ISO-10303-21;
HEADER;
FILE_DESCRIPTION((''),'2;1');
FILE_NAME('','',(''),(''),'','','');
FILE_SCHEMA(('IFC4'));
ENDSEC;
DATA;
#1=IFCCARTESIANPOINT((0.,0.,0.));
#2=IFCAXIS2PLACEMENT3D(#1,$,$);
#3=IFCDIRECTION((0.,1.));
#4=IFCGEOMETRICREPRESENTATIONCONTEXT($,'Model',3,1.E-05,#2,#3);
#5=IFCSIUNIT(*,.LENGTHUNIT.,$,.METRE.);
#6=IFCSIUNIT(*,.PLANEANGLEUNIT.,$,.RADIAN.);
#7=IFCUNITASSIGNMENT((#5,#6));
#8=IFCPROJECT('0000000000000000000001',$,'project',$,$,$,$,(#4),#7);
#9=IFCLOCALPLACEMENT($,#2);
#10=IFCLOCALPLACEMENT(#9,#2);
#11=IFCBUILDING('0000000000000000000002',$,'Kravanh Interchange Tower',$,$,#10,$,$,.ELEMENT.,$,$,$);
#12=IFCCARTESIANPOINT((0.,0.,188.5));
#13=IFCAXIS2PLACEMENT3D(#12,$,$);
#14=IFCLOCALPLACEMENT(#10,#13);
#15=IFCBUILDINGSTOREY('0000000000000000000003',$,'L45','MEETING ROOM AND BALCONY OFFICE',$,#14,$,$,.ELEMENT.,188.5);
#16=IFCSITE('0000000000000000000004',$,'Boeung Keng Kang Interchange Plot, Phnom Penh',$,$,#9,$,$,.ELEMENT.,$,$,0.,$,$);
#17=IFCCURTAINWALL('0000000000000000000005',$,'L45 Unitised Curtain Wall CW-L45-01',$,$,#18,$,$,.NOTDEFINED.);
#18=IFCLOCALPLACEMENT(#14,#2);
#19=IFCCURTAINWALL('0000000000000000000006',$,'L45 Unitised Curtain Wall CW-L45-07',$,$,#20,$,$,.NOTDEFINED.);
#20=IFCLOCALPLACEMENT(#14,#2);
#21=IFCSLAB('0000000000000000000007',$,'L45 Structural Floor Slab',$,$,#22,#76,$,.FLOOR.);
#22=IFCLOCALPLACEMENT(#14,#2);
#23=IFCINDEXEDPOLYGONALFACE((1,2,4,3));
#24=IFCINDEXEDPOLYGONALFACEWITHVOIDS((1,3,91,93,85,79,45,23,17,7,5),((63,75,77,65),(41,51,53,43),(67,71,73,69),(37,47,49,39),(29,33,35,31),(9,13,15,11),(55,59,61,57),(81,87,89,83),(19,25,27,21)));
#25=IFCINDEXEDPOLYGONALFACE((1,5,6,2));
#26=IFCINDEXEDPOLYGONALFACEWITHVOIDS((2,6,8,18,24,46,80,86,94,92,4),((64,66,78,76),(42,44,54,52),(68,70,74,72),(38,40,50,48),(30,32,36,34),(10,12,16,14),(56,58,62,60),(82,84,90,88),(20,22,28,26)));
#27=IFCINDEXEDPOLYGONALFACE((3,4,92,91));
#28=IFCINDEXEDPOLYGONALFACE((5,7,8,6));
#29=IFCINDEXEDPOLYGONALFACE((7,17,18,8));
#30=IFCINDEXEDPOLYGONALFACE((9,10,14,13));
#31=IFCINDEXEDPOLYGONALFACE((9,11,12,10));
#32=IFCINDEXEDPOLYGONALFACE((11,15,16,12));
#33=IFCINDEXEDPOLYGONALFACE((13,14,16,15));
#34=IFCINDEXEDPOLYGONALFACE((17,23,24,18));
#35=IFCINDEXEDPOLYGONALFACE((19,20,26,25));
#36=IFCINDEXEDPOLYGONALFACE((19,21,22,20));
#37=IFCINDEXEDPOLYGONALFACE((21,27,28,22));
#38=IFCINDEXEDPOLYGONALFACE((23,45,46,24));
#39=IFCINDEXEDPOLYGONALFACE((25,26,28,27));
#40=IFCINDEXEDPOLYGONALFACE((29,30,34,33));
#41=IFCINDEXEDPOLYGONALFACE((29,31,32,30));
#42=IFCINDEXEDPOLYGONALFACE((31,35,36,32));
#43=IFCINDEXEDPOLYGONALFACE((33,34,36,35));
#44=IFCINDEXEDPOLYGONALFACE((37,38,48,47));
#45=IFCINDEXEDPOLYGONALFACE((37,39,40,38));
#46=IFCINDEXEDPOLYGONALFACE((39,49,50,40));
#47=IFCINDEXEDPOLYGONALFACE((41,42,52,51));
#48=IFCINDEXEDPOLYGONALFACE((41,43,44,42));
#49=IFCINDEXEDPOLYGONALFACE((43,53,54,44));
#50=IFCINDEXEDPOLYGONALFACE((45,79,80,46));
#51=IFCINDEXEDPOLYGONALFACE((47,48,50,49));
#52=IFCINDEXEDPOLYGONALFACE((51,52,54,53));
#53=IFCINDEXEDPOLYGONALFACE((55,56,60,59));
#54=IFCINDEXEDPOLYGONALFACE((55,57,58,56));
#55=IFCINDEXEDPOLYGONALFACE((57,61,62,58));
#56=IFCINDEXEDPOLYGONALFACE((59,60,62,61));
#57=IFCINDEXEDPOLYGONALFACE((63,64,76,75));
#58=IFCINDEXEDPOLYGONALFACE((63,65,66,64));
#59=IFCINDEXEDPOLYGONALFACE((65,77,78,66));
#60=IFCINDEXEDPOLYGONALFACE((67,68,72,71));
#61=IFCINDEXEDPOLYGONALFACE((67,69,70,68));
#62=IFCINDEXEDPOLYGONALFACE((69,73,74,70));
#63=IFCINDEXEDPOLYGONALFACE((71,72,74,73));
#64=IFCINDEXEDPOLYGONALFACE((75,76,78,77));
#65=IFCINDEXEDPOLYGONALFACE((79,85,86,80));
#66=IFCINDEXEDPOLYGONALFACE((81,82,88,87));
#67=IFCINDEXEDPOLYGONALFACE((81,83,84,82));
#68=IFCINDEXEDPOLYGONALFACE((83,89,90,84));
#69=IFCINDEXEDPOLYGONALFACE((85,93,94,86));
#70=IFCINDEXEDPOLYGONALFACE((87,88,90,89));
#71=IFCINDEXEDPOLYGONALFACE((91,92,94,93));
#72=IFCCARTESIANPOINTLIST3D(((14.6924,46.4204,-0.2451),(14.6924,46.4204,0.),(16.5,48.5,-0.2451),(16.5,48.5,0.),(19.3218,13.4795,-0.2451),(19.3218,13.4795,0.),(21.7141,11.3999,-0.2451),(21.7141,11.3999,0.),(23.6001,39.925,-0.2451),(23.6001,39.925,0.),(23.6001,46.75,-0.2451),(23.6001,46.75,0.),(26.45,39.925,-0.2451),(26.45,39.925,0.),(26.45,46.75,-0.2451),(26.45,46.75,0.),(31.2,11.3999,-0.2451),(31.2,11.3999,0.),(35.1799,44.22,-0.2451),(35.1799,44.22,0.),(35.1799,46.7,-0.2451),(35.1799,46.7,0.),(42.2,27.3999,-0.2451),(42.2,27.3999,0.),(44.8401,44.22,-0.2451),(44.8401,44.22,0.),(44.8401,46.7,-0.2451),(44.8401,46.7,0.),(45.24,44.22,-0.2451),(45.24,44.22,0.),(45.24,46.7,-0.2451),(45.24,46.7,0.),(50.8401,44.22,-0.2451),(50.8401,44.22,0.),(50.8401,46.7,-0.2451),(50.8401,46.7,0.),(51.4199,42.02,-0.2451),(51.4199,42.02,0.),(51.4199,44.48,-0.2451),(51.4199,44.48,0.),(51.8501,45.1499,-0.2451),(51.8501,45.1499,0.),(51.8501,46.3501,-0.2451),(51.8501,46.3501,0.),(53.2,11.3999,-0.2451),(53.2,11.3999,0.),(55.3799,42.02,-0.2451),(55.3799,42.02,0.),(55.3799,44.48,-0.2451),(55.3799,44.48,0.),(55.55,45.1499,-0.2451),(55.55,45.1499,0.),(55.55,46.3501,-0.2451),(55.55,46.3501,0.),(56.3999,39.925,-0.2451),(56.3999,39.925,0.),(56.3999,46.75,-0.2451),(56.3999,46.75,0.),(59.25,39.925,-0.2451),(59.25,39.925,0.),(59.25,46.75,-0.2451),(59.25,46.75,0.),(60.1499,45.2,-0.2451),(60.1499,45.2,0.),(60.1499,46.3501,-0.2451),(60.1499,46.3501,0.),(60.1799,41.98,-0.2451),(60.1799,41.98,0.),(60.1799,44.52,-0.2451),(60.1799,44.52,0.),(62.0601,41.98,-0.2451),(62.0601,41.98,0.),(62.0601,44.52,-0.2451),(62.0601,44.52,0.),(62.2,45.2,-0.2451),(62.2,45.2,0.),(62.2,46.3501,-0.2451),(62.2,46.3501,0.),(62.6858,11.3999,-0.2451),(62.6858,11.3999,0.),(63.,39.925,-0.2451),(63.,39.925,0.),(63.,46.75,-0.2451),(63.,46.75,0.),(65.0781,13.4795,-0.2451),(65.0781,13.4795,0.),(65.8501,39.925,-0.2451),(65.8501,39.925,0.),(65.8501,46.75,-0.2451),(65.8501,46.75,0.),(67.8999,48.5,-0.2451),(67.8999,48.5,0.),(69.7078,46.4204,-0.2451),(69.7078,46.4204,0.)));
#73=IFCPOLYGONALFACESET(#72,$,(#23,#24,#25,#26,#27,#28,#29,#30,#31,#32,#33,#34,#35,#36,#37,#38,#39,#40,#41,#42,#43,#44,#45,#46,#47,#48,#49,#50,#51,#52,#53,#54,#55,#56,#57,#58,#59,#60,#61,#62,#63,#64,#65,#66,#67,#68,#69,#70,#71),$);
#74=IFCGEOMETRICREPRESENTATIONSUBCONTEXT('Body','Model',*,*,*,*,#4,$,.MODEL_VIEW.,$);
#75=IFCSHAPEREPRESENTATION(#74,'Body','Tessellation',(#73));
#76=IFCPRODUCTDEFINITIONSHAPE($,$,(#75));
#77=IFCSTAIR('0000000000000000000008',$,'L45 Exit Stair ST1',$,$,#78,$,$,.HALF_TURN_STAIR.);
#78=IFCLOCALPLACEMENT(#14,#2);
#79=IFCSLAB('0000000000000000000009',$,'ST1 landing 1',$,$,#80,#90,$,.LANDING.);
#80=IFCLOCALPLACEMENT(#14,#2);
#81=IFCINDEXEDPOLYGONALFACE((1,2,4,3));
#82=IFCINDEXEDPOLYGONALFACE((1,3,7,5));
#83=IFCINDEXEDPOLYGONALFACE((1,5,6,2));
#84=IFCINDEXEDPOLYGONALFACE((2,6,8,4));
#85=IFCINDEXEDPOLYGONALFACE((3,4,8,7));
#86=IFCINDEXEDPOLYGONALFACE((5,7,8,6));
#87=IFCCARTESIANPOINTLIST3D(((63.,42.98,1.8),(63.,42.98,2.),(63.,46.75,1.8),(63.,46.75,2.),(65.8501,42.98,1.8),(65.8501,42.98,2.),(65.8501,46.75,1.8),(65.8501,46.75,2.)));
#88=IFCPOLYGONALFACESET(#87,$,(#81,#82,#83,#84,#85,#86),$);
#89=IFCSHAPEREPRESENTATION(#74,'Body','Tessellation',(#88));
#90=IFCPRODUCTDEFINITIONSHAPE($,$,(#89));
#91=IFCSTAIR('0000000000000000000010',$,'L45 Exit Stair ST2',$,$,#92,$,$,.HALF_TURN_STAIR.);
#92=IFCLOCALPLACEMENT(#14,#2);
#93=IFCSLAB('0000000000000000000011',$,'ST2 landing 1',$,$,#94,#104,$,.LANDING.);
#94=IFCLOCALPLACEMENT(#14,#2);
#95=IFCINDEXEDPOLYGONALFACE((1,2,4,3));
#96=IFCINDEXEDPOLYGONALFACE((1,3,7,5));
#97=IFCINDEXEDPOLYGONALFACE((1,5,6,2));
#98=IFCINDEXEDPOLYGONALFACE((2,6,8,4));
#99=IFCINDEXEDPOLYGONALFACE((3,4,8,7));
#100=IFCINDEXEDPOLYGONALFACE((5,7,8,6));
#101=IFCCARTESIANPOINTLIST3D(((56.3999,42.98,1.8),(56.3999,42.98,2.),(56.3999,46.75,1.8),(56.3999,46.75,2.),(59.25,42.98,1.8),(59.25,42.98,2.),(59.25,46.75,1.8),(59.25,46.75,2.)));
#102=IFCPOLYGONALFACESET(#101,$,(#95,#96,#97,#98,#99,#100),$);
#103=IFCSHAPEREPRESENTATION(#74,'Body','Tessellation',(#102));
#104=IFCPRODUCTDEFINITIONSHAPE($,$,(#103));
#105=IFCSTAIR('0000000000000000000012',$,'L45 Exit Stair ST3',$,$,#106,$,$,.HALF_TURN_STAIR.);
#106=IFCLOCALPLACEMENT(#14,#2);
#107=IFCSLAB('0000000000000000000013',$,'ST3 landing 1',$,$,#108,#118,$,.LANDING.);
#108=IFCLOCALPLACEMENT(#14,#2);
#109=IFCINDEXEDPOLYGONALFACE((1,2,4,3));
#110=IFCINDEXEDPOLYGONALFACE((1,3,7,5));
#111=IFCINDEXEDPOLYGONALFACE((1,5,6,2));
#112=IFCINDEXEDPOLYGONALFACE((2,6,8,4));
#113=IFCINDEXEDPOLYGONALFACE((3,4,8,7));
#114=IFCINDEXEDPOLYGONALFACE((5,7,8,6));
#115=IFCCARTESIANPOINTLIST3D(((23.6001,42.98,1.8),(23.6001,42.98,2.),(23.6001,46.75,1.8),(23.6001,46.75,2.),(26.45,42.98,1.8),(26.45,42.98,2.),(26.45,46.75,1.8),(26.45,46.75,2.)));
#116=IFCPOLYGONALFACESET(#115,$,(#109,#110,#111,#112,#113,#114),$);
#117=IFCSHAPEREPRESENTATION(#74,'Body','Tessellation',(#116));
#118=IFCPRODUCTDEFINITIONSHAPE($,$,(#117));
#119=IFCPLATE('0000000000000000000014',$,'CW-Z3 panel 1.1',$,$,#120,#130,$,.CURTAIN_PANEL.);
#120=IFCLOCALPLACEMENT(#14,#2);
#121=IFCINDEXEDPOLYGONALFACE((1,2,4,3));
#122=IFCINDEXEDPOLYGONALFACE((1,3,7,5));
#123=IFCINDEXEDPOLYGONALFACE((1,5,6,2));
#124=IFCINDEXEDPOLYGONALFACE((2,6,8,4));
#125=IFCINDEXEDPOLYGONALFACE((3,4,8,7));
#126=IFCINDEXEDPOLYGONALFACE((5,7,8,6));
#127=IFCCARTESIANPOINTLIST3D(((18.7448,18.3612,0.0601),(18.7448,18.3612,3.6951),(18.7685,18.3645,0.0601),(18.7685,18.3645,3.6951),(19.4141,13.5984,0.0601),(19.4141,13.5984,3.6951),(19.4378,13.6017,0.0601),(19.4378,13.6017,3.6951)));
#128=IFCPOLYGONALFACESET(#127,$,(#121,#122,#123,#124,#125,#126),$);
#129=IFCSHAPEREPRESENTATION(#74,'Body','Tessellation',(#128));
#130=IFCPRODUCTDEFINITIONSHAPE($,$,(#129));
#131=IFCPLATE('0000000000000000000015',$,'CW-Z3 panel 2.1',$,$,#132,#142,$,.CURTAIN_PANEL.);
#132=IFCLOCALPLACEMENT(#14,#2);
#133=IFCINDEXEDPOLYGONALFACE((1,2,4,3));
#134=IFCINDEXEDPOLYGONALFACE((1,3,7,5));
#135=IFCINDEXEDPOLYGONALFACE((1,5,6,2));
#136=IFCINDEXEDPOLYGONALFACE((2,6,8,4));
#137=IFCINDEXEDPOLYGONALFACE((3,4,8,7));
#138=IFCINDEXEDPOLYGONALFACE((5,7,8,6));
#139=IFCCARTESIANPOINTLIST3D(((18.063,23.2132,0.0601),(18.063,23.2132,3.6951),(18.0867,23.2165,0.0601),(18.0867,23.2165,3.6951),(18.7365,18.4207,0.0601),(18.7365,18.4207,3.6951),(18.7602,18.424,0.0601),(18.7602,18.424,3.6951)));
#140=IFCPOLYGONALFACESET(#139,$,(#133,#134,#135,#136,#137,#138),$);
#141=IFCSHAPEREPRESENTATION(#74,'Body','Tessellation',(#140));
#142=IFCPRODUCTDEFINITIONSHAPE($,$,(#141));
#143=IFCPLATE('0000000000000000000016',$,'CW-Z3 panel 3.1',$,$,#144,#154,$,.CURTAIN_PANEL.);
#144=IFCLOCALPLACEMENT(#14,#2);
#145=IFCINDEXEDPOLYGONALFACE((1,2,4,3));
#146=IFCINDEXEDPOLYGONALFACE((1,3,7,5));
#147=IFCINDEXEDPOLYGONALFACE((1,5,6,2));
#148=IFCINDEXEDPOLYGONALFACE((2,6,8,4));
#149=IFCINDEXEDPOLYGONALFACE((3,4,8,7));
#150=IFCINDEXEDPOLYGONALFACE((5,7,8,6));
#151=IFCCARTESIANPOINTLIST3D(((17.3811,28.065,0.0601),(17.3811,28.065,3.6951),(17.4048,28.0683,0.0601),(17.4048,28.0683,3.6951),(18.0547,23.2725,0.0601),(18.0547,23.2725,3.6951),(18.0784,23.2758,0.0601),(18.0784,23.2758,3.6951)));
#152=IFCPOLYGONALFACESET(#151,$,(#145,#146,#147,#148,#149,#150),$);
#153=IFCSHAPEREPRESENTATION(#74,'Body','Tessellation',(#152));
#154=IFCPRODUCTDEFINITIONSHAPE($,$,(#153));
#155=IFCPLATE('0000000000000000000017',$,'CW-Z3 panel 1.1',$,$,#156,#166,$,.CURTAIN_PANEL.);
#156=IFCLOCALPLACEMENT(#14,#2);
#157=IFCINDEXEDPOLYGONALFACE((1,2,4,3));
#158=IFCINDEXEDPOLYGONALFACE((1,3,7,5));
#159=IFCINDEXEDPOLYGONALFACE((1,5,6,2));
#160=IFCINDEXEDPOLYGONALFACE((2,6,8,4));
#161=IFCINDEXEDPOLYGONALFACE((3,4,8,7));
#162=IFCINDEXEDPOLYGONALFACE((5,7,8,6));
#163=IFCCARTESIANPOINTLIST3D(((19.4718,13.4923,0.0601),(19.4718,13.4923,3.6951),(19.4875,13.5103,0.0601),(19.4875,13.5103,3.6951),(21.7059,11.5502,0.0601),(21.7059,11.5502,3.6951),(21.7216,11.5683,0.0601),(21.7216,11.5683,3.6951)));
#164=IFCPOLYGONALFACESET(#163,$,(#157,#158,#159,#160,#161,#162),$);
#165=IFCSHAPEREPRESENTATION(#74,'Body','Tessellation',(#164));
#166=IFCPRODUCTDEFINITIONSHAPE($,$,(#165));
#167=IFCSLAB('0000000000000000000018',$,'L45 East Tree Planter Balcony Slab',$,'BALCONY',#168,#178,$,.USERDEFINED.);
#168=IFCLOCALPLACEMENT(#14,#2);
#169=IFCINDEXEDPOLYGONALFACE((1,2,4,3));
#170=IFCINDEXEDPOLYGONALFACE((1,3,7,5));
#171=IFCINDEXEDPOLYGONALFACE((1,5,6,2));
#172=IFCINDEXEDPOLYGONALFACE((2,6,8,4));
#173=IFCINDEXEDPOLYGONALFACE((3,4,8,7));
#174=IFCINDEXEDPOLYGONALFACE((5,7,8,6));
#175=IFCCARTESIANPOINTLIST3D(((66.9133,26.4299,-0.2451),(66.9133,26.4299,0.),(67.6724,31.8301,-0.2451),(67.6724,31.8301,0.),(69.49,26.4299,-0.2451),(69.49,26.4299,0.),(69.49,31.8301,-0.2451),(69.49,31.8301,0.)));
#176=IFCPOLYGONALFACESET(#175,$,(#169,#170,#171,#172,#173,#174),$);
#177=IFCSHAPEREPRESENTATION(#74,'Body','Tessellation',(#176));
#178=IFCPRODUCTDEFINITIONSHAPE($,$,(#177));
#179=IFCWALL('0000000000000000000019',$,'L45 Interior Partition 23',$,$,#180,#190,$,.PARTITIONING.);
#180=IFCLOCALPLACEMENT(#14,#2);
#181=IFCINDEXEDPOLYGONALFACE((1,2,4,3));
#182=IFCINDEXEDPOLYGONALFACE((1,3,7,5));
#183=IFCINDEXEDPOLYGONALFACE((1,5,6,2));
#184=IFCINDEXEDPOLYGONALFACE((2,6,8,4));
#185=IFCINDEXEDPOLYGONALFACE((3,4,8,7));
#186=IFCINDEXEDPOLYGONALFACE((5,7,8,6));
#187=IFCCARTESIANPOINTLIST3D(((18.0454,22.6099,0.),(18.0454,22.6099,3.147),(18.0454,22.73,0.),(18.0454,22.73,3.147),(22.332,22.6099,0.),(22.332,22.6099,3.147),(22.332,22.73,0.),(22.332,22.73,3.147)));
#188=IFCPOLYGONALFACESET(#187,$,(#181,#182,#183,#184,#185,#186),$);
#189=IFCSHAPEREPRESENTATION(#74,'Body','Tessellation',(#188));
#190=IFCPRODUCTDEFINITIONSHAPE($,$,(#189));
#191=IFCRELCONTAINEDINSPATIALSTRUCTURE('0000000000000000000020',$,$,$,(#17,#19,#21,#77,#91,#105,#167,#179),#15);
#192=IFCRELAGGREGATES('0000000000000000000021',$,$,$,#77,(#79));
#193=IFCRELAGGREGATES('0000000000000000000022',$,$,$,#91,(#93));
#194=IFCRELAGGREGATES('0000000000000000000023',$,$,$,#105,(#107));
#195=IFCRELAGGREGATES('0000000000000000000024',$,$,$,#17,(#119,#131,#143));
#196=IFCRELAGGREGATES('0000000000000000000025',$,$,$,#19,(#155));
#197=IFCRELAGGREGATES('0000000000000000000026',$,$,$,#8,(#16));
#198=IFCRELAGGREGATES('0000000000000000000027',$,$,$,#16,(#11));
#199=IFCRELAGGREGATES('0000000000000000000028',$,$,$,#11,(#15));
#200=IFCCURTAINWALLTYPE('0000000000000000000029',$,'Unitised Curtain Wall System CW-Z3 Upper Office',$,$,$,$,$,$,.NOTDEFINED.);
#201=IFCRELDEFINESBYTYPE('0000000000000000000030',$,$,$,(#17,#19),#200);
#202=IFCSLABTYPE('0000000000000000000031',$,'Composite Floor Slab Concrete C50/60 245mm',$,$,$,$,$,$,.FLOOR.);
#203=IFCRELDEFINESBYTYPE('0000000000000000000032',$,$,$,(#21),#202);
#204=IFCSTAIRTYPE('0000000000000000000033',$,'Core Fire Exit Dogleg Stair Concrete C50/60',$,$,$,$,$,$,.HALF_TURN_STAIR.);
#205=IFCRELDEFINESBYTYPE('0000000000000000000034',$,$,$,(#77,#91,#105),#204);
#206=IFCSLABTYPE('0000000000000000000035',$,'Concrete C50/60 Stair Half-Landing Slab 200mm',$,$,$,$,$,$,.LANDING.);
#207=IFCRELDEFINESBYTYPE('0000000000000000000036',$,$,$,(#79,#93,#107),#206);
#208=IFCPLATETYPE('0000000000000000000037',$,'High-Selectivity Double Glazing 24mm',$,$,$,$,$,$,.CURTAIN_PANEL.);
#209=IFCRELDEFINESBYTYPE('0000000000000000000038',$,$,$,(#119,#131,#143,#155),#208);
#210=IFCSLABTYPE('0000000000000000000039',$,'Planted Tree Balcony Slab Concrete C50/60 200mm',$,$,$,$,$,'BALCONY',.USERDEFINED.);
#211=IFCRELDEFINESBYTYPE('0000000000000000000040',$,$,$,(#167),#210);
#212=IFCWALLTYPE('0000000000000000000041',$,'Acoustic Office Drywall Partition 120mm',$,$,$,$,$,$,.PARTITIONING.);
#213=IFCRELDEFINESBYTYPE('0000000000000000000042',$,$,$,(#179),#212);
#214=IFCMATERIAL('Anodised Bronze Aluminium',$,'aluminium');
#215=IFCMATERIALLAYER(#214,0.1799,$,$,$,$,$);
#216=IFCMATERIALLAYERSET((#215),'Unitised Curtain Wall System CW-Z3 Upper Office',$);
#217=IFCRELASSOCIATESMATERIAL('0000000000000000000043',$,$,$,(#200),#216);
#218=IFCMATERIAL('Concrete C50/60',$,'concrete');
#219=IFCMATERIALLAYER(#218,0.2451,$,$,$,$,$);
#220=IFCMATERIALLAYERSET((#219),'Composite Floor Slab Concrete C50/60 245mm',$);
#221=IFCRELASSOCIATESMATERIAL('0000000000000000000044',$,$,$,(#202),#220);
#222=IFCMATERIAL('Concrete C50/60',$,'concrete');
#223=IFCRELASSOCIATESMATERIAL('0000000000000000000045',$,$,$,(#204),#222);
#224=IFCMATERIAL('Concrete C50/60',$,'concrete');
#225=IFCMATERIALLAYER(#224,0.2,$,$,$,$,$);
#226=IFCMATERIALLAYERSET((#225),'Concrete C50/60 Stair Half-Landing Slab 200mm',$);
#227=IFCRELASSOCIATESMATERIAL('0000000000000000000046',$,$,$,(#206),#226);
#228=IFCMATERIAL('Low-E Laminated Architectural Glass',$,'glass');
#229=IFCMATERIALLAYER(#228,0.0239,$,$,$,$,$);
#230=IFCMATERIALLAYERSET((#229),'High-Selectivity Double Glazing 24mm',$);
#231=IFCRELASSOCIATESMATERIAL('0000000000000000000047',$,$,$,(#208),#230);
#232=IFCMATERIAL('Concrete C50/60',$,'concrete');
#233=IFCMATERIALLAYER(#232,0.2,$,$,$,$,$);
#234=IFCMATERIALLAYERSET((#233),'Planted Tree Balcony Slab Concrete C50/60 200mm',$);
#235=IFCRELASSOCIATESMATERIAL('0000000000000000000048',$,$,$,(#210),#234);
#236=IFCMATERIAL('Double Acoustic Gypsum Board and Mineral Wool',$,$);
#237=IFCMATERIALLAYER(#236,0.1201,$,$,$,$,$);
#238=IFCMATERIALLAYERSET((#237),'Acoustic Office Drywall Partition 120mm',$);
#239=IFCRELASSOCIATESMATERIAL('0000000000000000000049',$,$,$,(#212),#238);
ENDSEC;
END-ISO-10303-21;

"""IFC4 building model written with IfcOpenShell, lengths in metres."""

from ifc_helpers import new_model, si_unit, direction, frame, frame_2d, origin, origin_2d, place, context, subcontext, project, spatial, polyline, rectangle, outline, extrude, material, layer, layer_set, type_object, element, aggregate, save


model = new_model("IFC4")

# Units and contexts
model_context = context("Model", 3, precision=1e-05, world=origin(), true_north=direction((0.0, 1.0)))
body_context = subcontext(model_context, "Body", "Model", "MODEL_VIEW")
ifc_project = project(units=[si_unit("LENGTHUNIT", "METRE"), si_unit("PLANEANGLEUNIT", "RADIAN")], contexts=[model_context])

# Site, building, storey
site_placement = place(None, origin())
site = spatial("IfcSite", under=ifc_project, at=site_placement, Name="Boeung Keng Kang Interchange Plot, Phnom Penh", CompositionType="ELEMENT", RefElevation=0.0)
building_placement = place(site_placement, origin())
building = spatial("IfcBuilding", under=site, at=building_placement, Name="Kravanh Interchange Tower", CompositionType="ELEMENT")
storey_placement = place(building_placement, frame((0.0, 0.0, 188.5)))
storey = spatial("IfcBuildingStorey", under=building, at=storey_placement, Name="L45", Description="MEETING ROOM AND BALCONY OFFICE", CompositionType="ELEMENT", Elevation=188.5)

# Curtain wall
ifc_material_1 = material(Name="Anodised Bronze Aluminium", Category="aluminium")
ifc_layer_1 = layer(ifc_material_1, 0.1799)
ifc_layer_set_1 = layer_set([ifc_layer_1], Name="Unitised Curtain Wall System CW-Z3 Upper Office")
curtain_wall_type = type_object("IfcCurtainWallType", Name="Unitised Curtain Wall System CW-Z3 Upper Office", PredefinedType="NOTDEFINED", material=ifc_layer_set_1)
curtain_wall_1_placement = place(storey_placement, origin())
curtain_wall_1 = element("IfcCurtainWall", 1, at=curtain_wall_1_placement, inside=storey, type_object=curtain_wall_type, Name="L45 Unitised Curtain Wall CW-L45-01", PredefinedType="NOTDEFINED")

# Curtain wall
curtain_wall_2_placement = place(storey_placement, origin())
curtain_wall_2 = element("IfcCurtainWall", 2, at=curtain_wall_2_placement, inside=storey, type_object=curtain_wall_type, Name="L45 Unitised Curtain Wall CW-L45-07", PredefinedType="NOTDEFINED")

# Slab
ifc_material_2 = material(Name="Concrete C50/60", Category="concrete")
ifc_layer_2 = layer(ifc_material_2, 0.2451)
ifc_layer_set_2 = layer_set([ifc_layer_2], Name="Composite Floor Slab Concrete C50/60 245mm")
slab_type_1 = type_object("IfcSlabType", Name="Composite Floor Slab Concrete C50/60 245mm", PredefinedType="FLOOR", material=ifc_layer_set_2)
slab_1_placement = place(storey_placement, frame((0.0, 0.0, -0.2451)))
element("IfcSlab", 3, at=slab_1_placement, inside=storey, type_object=slab_type_1, Name="L45 Structural Floor Slab", PredefinedType="FLOOR", context=body_context, shape_type="SweptSolid", body=[
    extrude(outline(polyline([(19.3218, 13.4795), (21.7141, 11.3999), (31.2, 11.3999), (42.2, 27.3999), (53.2, 11.3999), (62.6858, 11.3999), (65.0781, 13.4795), (69.7078, 46.4204), (67.8999, 48.5), (16.5, 48.5), (14.6924, 46.4204), (19.3218, 13.4795)]), holes=[polyline([(65.8501, 39.925), (65.8501, 46.75), (63.0, 46.75), (63.0, 39.925), (65.8501, 39.925)]), polyline([(59.25, 39.925), (59.25, 46.75), (56.3999, 46.75), (56.3999, 39.925), (59.25, 39.925)]), polyline([(26.45, 39.925), (26.45, 46.75), (23.6001, 46.75), (23.6001, 39.925), (26.45, 39.925)]), polyline([(35.1799, 44.22), (44.8401, 44.22), (44.8401, 46.7), (35.1799, 46.7), (35.1799, 44.22)]), polyline([(45.24, 44.22), (50.8401, 44.22), (50.8401, 46.7), (45.24, 46.7), (45.24, 44.22)]), polyline([(51.4199, 42.02), (55.3799, 42.02), (55.3799, 44.48), (51.4199, 44.48), (51.4199, 42.02)]), polyline([(60.1799, 41.98), (62.0601, 41.98), (62.0601, 44.52), (60.1799, 44.52), (60.1799, 41.98)]), polyline([(60.1499, 45.2), (62.2, 45.2), (62.2, 46.3501), (60.1499, 46.3501), (60.1499, 45.2)]), polyline([(51.8501, 45.1499), (55.55, 45.1499), (55.55, 46.3501), (51.8501, 46.3501), (51.8501, 45.1499)])]), origin(), (0.0, 0.0, 1.0), 0.2451),
])

# Stairs, slabs
ifc_material_3 = material(Name="Concrete C50/60", Category="concrete")
stair_type = type_object("IfcStairType", Name="Core Fire Exit Dogleg Stair Concrete C50/60", PredefinedType="HALF_TURN_STAIR", material=ifc_material_3)
stair_1_placement = place(storey_placement, origin())
stair_1 = element("IfcStair", 4, at=stair_1_placement, inside=storey, type_object=stair_type, Name="L45 Exit Stair ST1", PredefinedType="HALF_TURN_STAIR")
ifc_material_4 = material(Name="Concrete C50/60", Category="concrete")
ifc_layer_3 = layer(ifc_material_4, 0.2)
ifc_layer_set_3 = layer_set([ifc_layer_3], Name="Concrete C50/60 Stair Half-Landing Slab 200mm")
slab_type_2 = type_object("IfcSlabType", Name="Concrete C50/60 Stair Half-Landing Slab 200mm", PredefinedType="LANDING", material=ifc_layer_set_3)
slab_2_placement = place(storey_placement, frame((0.0, 0.0, 1.8)))
slab_2 = element("IfcSlab", 5, at=slab_2_placement, type_object=slab_type_2, Name="ST1 landing 1", PredefinedType="LANDING", context=body_context, shape_type="SweptSolid", body=[
    extrude(outline(polyline([(65.8501, 42.98), (65.8501, 46.75), (63.0, 46.75), (63.0, 42.98), (65.8501, 42.98)])), origin(), (0.0, 0.0, 1.0), 0.2),
])
aggregate(stair_1, [slab_2])
stair_2_placement = place(storey_placement, origin())
stair_2 = element("IfcStair", 6, at=stair_2_placement, inside=storey, type_object=stair_type, Name="L45 Exit Stair ST2", PredefinedType="HALF_TURN_STAIR")
slab_3_placement = place(storey_placement, frame((0.0, 0.0, 1.8)))
slab_3 = element("IfcSlab", 7, at=slab_3_placement, type_object=slab_type_2, Name="ST2 landing 1", PredefinedType="LANDING", context=body_context, shape_type="SweptSolid", body=[
    extrude(outline(polyline([(59.25, 42.98), (59.25, 46.75), (56.3999, 46.75), (56.3999, 42.98), (59.25, 42.98)])), origin(), (0.0, 0.0, 1.0), 0.2),
])
aggregate(stair_2, [slab_3])
stair_3_placement = place(storey_placement, origin())
stair_3 = element("IfcStair", 8, at=stair_3_placement, inside=storey, type_object=stair_type, Name="L45 Exit Stair ST3", PredefinedType="HALF_TURN_STAIR")
slab_4_placement = place(storey_placement, frame((0.0, 0.0, 1.8)))
slab_4 = element("IfcSlab", 9, at=slab_4_placement, type_object=slab_type_2, Name="ST3 landing 1", PredefinedType="LANDING", context=body_context, shape_type="SweptSolid", body=[
    extrude(outline(polyline([(26.45, 42.98), (26.45, 46.75), (23.6001, 46.75), (23.6001, 42.98), (26.45, 42.98)])), origin(), (0.0, 0.0, 1.0), 0.2),
])
aggregate(stair_3, [slab_4])

# Plates
ifc_material_5 = material(Name="Low-E Laminated Architectural Glass", Category="glass")
ifc_layer_4 = layer(ifc_material_5, 0.0239)
ifc_layer_set_4 = layer_set([ifc_layer_4], Name="High-Selectivity Double Glazing 24mm")
plate_type = type_object("IfcPlateType", Name="High-Selectivity Double Glazing 24mm", PredefinedType="CURTAIN_PANEL", material=ifc_layer_set_4)
plate_1_placement = place(storey_placement, frame((19.0913, 15.9814, 0.0601), z_axis=(0.0, 0.0, 1.0), x_axis=(-0.139172, 0.990268, 0.0)))
plate_1 = element("IfcPlate", 10, at=plate_1_placement, type_object=plate_type, Name="CW-Z3 panel 1.1", PredefinedType="CURTAIN_PANEL", context=body_context, shape_type="SweptSolid", body=[
    extrude(rectangle(XDim=4.8096, YDim=0.0239, at=origin_2d()), origin(), (0.0, 0.0, 1.0), 3.635),
])
plate_2_placement = place(storey_placement, frame((18.4116, 20.8186, 0.0601), z_axis=(0.0, 0.0, 1.0), x_axis=(-0.139172, 0.990268, 0.0)))
plate_2 = element("IfcPlate", 11, at=plate_2_placement, type_object=plate_type, Name="CW-Z3 panel 2.1", PredefinedType="CURTAIN_PANEL", context=body_context, shape_type="SweptSolid", body=[
    extrude(rectangle(XDim=4.8396, YDim=0.0239, at=origin_2d()), origin(), (0.0, 0.0, 1.0), 3.635),
])
plate_3_placement = place(storey_placement, frame((17.7297, 25.6704, 0.0601), z_axis=(0.0, 0.0, 1.0), x_axis=(-0.139172, 0.990268, 0.0)))
plate_3 = element("IfcPlate", 12, at=plate_3_placement, type_object=plate_type, Name="CW-Z3 panel 3.1", PredefinedType="CURTAIN_PANEL", context=body_context, shape_type="SweptSolid", body=[
    extrude(rectangle(XDim=4.8396, YDim=0.0239, at=origin_2d()), origin(), (0.0, 0.0, 1.0), 3.635),
])
aggregate(curtain_wall_1, [plate_1, plate_2, plate_3])
plate_4_placement = place(storey_placement, frame((20.5967, 12.5303, 0.0601), z_axis=(0.0, 0.0, 1.0), x_axis=(-0.754717, 0.656051, 0.0)))
plate_4 = element("IfcPlate", 13, at=plate_4_placement, type_object=plate_type, Name="CW-Z3 panel 1.1", PredefinedType="CURTAIN_PANEL", context=body_context, shape_type="SweptSolid", body=[
    extrude(rectangle(XDim=2.9602, YDim=0.0239, at=origin_2d()), origin(), (0.0, 0.0, 1.0), 3.635),
])
aggregate(curtain_wall_2, [plate_4])

# Slab
ifc_material_6 = material(Name="Concrete C50/60", Category="concrete")
ifc_layer_5 = layer(ifc_material_6, 0.2)
ifc_layer_set_5 = layer_set([ifc_layer_5], Name="Planted Tree Balcony Slab Concrete C50/60 200mm")
slab_type_3 = type_object("IfcSlabType", Name="Planted Tree Balcony Slab Concrete C50/60 200mm", ElementType="BALCONY", PredefinedType="USERDEFINED", material=ifc_layer_set_5)
slab_5_placement = place(storey_placement, frame((0.0, 0.0, -0.2451)))
element("IfcSlab", 14, at=slab_5_placement, inside=storey, type_object=slab_type_3, Name="L45 East Tree Planter Balcony Slab", ObjectType="BALCONY", PredefinedType="USERDEFINED", context=body_context, shape_type="SweptSolid", body=[
    extrude(outline(polyline([(69.49, 31.8301), (69.49, 26.4299), (66.9133, 26.4299), (67.6724, 31.8301), (69.49, 31.8301)])), origin(), (0.0, 0.0, 1.0), 0.2451),
])

# Wall
ifc_material_7 = material(Name="Double Acoustic Gypsum Board and Mineral Wool")
ifc_layer_6 = layer(ifc_material_7, 0.1201)
ifc_layer_set_6 = layer_set([ifc_layer_6], Name="Acoustic Office Drywall Partition 120mm")
wall_type = type_object("IfcWallType", Name="Acoustic Office Drywall Partition 120mm", PredefinedType="PARTITIONING", material=ifc_layer_set_6)
wall_placement = place(storey_placement, frame((18.0454, 22.6699, 0.0), z_axis=(0.0, 0.0, 1.0), x_axis=(1.0, 0.0, 0.0)))
element("IfcWall", 15, at=wall_placement, inside=storey, type_object=wall_type, Name="L45 Interior Partition 23", PredefinedType="PARTITIONING", context=body_context, shape_type="SweptSolid", body=[
    extrude(rectangle(XDim=4.2866, YDim=0.1201, at=frame_2d((2.1433, 0.0))), origin(), (0.0, 0.0, 1.0), 3.147),
])

save(model, "model.ifc")
